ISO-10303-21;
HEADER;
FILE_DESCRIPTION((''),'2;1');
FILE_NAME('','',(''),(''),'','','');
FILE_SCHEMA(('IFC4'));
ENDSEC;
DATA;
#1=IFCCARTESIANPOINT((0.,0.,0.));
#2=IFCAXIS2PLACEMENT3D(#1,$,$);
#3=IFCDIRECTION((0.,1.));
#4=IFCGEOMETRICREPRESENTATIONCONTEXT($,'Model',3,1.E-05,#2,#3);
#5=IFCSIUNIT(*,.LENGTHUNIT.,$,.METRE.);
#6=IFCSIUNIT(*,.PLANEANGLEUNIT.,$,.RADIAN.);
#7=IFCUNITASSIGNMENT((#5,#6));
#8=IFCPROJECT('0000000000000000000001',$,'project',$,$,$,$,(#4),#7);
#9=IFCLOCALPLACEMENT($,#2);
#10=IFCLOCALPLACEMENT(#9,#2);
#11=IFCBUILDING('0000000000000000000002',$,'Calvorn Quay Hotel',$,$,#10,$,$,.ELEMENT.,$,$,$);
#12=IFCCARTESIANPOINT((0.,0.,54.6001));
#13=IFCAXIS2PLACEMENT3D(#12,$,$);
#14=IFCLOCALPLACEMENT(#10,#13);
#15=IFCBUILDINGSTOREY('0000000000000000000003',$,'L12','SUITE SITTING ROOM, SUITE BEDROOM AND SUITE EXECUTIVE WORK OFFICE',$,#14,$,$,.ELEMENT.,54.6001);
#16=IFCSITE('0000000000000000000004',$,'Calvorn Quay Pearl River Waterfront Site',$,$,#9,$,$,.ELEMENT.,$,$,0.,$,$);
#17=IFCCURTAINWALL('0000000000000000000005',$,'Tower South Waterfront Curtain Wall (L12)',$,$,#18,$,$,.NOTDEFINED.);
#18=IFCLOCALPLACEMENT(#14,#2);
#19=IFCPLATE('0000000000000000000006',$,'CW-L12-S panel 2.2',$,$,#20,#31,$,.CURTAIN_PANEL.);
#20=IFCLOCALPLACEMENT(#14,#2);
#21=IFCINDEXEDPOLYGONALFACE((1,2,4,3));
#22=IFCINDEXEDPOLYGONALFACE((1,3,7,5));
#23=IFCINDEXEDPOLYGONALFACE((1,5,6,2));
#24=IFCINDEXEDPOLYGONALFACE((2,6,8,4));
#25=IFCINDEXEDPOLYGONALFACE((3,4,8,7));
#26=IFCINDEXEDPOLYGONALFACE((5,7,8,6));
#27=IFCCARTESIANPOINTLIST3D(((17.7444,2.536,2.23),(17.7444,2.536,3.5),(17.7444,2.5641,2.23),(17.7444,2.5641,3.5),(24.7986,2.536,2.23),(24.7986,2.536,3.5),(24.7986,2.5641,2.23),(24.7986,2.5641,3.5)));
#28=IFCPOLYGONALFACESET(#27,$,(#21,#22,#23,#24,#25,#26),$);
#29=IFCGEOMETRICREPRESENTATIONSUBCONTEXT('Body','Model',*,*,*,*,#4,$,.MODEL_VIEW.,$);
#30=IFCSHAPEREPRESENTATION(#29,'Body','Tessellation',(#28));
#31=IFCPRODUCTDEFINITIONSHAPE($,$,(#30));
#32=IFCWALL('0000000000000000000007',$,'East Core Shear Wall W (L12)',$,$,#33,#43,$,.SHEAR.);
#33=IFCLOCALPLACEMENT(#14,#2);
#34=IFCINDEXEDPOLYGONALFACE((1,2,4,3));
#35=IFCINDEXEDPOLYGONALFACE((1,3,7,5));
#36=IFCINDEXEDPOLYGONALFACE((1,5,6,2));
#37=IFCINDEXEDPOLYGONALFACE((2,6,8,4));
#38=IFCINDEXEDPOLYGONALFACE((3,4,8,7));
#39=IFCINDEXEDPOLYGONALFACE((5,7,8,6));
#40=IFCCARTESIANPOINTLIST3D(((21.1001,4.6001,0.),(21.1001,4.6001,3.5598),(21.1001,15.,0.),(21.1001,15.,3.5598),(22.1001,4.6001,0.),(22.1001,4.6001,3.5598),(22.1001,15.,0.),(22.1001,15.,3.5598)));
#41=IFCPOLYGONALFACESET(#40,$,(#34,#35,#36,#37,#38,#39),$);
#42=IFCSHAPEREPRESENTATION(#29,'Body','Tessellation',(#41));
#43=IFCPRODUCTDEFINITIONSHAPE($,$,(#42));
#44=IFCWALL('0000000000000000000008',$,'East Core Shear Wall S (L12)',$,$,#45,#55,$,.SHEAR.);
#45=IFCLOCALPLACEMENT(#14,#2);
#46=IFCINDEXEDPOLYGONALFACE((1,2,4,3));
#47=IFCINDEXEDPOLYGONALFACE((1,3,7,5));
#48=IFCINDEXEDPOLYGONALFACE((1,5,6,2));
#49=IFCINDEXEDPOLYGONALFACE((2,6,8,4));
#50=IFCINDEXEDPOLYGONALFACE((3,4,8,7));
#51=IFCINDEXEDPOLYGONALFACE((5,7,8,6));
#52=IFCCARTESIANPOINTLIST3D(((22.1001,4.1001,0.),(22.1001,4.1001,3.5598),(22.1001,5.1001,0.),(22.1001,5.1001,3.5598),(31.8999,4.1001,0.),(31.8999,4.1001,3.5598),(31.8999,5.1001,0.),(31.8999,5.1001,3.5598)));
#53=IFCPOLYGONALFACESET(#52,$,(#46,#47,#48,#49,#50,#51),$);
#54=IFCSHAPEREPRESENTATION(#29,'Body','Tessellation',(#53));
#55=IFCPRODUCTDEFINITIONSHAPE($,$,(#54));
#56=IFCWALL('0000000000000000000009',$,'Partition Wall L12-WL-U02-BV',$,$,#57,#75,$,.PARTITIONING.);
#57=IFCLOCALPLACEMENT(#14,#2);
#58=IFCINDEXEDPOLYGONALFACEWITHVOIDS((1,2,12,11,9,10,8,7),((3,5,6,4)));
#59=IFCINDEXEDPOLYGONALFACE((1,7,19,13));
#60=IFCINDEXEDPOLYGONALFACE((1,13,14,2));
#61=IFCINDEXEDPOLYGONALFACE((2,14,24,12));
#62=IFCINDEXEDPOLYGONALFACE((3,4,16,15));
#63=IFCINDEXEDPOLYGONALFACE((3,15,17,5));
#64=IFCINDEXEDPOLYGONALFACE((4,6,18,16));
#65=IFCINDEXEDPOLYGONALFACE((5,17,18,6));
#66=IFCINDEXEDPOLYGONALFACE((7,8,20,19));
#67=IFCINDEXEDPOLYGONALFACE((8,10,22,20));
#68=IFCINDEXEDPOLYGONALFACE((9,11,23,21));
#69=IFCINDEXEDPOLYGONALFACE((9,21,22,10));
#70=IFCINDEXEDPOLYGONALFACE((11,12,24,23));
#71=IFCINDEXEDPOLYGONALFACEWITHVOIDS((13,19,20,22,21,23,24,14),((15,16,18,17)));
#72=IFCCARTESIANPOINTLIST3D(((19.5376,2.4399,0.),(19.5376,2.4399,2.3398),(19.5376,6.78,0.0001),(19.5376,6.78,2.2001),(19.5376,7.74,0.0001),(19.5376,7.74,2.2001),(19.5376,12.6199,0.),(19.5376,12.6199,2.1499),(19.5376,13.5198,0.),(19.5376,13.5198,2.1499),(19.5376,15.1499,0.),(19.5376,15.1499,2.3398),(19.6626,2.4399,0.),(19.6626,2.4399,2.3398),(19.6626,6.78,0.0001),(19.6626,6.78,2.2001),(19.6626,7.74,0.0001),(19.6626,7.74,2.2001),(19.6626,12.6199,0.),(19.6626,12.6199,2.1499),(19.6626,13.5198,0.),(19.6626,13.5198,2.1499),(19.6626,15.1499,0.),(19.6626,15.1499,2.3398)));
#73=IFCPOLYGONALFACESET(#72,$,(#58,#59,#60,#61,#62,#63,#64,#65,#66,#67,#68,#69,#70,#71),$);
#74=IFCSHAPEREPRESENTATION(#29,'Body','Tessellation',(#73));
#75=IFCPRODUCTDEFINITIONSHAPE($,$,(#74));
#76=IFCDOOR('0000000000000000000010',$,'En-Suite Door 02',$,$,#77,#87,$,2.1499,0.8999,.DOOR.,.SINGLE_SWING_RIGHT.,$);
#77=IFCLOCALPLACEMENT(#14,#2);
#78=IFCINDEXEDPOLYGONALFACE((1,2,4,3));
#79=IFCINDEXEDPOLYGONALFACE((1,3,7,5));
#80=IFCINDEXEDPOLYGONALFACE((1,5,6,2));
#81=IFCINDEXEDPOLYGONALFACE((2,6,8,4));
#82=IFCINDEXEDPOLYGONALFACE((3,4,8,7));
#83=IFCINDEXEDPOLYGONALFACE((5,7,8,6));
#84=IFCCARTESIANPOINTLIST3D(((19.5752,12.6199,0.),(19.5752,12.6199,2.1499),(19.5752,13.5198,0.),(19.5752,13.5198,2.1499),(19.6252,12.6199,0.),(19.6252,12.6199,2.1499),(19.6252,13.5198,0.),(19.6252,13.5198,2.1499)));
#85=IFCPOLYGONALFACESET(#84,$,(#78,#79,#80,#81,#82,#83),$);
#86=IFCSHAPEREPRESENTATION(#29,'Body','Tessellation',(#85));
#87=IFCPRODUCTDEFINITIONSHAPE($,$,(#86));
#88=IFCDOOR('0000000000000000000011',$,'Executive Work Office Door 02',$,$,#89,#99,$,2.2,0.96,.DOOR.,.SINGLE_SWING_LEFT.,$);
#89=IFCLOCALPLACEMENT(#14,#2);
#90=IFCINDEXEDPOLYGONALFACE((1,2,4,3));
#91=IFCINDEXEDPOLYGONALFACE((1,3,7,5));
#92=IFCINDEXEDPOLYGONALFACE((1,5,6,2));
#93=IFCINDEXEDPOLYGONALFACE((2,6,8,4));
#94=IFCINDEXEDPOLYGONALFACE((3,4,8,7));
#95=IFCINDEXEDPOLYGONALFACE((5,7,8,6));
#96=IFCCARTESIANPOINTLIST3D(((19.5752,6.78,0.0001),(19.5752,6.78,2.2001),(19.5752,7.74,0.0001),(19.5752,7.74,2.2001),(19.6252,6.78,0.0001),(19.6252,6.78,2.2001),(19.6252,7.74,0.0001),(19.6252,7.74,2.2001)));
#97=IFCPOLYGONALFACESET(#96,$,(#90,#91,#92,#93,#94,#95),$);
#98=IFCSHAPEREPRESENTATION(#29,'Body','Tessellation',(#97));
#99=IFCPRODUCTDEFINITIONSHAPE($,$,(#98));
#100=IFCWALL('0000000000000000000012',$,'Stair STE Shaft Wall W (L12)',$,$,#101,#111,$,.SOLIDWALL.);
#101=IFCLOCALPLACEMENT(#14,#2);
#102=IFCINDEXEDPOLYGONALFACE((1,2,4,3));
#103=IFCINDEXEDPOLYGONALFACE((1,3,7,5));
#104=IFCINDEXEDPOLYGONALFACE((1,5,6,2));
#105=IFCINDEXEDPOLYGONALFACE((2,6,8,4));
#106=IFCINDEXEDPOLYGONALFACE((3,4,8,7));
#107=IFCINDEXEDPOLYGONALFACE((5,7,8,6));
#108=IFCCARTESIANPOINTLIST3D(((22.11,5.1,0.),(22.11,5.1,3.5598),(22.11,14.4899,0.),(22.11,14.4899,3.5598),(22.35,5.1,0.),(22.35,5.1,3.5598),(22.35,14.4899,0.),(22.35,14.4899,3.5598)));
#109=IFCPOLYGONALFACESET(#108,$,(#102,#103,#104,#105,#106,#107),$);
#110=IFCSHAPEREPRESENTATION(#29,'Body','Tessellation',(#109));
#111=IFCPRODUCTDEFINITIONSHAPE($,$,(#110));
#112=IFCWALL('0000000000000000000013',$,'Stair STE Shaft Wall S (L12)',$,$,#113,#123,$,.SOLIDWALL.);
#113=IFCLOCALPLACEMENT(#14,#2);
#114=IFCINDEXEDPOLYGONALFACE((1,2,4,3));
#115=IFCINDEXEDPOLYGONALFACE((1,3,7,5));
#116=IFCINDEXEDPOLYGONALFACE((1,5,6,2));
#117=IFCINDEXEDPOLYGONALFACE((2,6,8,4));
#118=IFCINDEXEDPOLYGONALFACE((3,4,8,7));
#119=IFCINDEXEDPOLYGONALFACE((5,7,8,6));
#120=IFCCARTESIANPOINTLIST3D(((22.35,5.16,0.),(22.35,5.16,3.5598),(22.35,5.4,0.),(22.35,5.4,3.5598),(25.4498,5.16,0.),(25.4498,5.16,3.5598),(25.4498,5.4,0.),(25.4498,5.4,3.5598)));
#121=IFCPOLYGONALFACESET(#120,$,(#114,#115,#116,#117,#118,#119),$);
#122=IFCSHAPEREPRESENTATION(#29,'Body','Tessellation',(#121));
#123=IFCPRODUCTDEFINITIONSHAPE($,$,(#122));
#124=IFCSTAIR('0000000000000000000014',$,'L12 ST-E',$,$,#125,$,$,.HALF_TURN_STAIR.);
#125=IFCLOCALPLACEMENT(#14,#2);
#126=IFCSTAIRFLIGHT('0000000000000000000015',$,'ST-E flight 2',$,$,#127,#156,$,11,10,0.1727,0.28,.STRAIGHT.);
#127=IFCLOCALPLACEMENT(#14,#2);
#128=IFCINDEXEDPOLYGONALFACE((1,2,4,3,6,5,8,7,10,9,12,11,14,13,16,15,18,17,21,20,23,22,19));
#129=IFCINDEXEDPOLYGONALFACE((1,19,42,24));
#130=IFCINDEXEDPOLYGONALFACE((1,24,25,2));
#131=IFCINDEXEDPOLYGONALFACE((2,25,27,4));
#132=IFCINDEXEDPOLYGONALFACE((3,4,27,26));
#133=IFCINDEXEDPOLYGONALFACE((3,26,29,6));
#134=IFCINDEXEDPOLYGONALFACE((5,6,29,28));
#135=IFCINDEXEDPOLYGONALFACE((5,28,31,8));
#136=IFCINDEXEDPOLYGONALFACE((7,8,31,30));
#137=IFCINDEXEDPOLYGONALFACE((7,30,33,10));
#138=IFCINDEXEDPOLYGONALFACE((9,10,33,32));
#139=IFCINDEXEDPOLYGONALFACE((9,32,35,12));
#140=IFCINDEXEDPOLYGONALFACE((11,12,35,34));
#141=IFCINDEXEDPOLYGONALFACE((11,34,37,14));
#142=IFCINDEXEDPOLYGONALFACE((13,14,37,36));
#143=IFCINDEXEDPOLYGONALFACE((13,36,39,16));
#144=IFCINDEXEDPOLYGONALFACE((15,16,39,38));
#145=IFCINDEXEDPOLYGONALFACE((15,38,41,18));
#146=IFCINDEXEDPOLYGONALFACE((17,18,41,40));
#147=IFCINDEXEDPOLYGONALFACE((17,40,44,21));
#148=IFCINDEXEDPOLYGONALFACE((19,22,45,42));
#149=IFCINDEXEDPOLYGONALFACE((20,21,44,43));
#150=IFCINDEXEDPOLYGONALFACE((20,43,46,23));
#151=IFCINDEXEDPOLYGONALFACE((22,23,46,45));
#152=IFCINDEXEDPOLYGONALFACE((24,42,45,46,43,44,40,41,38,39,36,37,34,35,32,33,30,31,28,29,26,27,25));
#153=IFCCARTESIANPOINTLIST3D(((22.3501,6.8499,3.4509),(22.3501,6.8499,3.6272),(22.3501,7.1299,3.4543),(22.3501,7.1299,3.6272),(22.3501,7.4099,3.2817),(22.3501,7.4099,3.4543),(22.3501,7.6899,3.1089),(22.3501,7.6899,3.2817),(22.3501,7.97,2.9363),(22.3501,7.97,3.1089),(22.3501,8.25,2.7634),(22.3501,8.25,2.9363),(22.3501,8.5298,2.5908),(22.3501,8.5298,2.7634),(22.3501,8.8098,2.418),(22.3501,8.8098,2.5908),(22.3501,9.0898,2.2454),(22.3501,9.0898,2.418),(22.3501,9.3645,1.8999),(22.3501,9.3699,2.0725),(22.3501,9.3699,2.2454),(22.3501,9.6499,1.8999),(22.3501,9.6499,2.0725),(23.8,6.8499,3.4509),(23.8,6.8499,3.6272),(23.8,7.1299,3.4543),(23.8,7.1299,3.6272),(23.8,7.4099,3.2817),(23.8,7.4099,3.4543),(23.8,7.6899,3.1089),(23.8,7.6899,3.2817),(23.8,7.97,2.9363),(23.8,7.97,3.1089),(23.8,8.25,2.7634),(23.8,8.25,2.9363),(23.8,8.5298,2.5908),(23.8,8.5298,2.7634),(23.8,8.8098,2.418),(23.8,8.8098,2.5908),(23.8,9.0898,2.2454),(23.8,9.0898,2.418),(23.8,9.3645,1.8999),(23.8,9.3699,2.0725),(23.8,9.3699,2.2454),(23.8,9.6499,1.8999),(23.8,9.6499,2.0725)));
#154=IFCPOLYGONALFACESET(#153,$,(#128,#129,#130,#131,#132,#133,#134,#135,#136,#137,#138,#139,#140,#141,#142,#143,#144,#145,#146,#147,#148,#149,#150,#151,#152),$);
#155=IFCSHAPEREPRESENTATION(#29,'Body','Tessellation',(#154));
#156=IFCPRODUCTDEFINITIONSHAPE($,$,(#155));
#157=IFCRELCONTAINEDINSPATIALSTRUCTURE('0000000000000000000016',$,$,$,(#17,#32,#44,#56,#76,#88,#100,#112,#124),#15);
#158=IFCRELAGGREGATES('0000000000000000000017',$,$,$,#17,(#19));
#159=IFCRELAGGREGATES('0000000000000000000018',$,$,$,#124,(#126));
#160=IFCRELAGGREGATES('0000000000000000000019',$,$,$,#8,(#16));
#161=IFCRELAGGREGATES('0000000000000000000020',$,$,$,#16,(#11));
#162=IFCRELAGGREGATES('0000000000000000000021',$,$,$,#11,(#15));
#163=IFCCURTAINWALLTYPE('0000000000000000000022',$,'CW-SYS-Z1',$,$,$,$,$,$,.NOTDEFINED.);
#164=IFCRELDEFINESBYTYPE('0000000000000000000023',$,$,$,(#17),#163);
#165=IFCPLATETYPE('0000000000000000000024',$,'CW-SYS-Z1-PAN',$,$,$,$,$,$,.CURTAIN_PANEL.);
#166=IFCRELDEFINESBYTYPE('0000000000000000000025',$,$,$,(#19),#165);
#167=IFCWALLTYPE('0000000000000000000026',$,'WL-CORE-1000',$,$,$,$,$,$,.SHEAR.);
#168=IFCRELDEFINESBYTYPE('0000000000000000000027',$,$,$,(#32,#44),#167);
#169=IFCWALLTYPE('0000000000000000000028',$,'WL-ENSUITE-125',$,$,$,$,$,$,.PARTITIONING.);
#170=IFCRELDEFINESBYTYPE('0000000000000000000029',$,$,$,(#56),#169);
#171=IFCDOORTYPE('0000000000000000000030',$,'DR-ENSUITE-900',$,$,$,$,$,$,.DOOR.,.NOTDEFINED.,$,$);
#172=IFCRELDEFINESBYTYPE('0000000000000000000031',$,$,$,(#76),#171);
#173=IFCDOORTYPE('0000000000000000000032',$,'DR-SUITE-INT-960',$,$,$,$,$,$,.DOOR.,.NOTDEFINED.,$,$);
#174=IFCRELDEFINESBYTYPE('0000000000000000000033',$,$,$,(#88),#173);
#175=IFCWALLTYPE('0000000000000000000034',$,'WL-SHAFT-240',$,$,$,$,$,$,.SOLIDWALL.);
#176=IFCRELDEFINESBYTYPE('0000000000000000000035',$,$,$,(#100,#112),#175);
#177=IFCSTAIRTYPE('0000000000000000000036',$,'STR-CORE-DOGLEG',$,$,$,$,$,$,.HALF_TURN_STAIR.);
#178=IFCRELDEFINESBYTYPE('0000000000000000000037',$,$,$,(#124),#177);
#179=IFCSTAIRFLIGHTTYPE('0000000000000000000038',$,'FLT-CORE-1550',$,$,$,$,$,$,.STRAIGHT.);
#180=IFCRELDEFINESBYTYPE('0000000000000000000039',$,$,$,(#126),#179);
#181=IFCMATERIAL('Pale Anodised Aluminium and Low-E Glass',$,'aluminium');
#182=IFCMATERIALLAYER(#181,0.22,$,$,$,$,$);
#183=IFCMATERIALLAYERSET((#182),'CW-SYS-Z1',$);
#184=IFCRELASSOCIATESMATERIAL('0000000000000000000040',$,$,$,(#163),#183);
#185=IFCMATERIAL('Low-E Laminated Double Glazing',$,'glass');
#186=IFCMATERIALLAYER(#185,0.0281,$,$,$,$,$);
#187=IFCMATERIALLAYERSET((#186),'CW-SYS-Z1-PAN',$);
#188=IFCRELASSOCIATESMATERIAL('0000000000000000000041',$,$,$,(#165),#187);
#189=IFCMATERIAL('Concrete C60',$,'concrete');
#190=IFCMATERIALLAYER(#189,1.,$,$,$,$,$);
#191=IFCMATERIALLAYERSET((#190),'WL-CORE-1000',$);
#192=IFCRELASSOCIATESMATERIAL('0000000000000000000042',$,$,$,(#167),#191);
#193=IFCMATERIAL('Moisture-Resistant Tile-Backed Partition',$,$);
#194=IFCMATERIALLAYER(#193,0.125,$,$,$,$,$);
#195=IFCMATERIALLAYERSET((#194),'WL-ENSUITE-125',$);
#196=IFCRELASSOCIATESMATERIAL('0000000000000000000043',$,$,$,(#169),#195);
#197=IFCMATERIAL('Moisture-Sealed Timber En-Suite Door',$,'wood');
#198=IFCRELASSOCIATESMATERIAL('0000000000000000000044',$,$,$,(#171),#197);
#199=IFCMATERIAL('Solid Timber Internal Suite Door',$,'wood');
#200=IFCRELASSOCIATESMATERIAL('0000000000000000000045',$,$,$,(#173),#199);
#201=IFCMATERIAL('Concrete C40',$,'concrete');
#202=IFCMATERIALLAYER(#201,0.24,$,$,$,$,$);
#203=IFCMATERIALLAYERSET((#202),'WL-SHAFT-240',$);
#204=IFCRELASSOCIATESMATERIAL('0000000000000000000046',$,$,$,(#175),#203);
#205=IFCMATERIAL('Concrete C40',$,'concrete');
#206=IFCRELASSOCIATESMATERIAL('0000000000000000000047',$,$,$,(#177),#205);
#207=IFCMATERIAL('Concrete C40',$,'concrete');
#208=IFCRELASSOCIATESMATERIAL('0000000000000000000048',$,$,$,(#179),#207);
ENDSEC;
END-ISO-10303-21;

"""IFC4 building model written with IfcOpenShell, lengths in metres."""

from ifc_helpers import new_model, si_unit, direction, frame, frame_2d, origin, origin_2d, place, context, subcontext, project, spatial, polyline, rectangle, outline, extrude, material, layer, layer_set, type_object, element, fill, aggregate, save


model = new_model("IFC4")

# Units and contexts
model_context = context("Model", 3, precision=1e-05, world=origin(), true_north=direction((0.0, 1.0)))
body_context = subcontext(model_context, "Body", "Model", "MODEL_VIEW")
ifc_project = project(units=[si_unit("LENGTHUNIT", "METRE"), si_unit("PLANEANGLEUNIT", "RADIAN")], contexts=[model_context])

# Site, building, storey
site_placement = place(None, origin())
site = spatial("IfcSite", under=ifc_project, at=site_placement, Name="Calvorn Quay Pearl River Waterfront Site", CompositionType="ELEMENT", RefElevation=0.0)
building_placement = place(site_placement, origin())
building = spatial("IfcBuilding", under=site, at=building_placement, Name="Calvorn Quay Hotel", CompositionType="ELEMENT")
storey_placement = place(building_placement, frame((0.0, 0.0, 54.6001)))
storey = spatial("IfcBuildingStorey", under=building, at=storey_placement, Name="L12", Description="SUITE SITTING ROOM, SUITE BEDROOM AND SUITE EXECUTIVE WORK OFFICE", CompositionType="ELEMENT", Elevation=54.6001)

# Curtain wall, plate
ifc_material_1 = material(Name="Pale Anodised Aluminium and Low-E Glass", Category="aluminium")
ifc_layer_1 = layer(ifc_material_1, 0.22)
ifc_layer_set_1 = layer_set([ifc_layer_1], Name="CW-SYS-Z1")
curtain_wall_type = type_object("IfcCurtainWallType", Name="CW-SYS-Z1", PredefinedType="NOTDEFINED", material=ifc_layer_set_1)
curtain_wall_placement = place(storey_placement, origin())
curtain_wall = element("IfcCurtainWall", 1, at=curtain_wall_placement, inside=storey, type_object=curtain_wall_type, Name="Tower South Waterfront Curtain Wall (L12)", PredefinedType="NOTDEFINED")
ifc_material_2 = material(Name="Low-E Laminated Double Glazing", Category="glass")
ifc_layer_2 = layer(ifc_material_2, 0.0281)
ifc_layer_set_2 = layer_set([ifc_layer_2], Name="CW-SYS-Z1-PAN")
plate_type = type_object("IfcPlateType", Name="CW-SYS-Z1-PAN", PredefinedType="CURTAIN_PANEL", material=ifc_layer_set_2)
plate_1_placement = place(storey_placement, frame((21.2715, 2.55, 2.23), z_axis=(0.0, 0.0, 1.0), x_axis=(1.0, 0.0, 0.0)))
plate_1 = element("IfcPlate", 2, at=plate_1_placement, type_object=plate_type, Name="CW-L12-S panel 2.2", PredefinedType="CURTAIN_PANEL", context=body_context, shape_type="SweptSolid", body=[
    extrude(rectangle(XDim=7.0542, YDim=0.0281, at=origin_2d()), origin(), (0.0, 0.0, 1.0), 1.27),
])
aggregate(curtain_wall, [plate_1])

# Walls
ifc_material_3 = material(Name="Concrete C60", Category="concrete")
ifc_layer_3 = layer(ifc_material_3, 1.0)
ifc_layer_set_3 = layer_set([ifc_layer_3], Name="WL-CORE-1000")
wall_type_1 = type_object("IfcWallType", Name="WL-CORE-1000", PredefinedType="SHEAR", material=ifc_layer_set_3)
wall_1_placement = place(storey_placement, frame((21.6001, 4.6001, 0.0), z_axis=(0.0, 0.0, 1.0), x_axis=(0.0, 1.0, 0.0)))
element("IfcWall", 3, at=wall_1_placement, inside=storey, type_object=wall_type_1, Name="East Core Shear Wall W (L12)", PredefinedType="SHEAR", context=body_context, shape_type="SweptSolid", body=[
    extrude(rectangle(XDim=10.3999, YDim=1.0, at=frame_2d((5.2, 0.0))), origin(), (0.0, 0.0, 1.0), 3.5598),
])
wall_2_placement = place(storey_placement, frame((22.1001, 4.6001, 0.0), z_axis=(0.0, 0.0, 1.0), x_axis=(1.0, 0.0, 0.0)))
element("IfcWall", 4, at=wall_2_placement, inside=storey, type_object=wall_type_1, Name="East Core Shear Wall S (L12)", PredefinedType="SHEAR", context=body_context, shape_type="SweptSolid", body=[
    extrude(rectangle(XDim=9.7998, YDim=1.0, at=frame_2d((4.8999, 0.0))), origin(), (0.0, 0.0, 1.0), 3.5598),
])

# Wall, openings, doors
ifc_material_4 = material(Name="Moisture-Resistant Tile-Backed Partition")
ifc_layer_4 = layer(ifc_material_4, 0.125)
ifc_layer_set_4 = layer_set([ifc_layer_4], Name="WL-ENSUITE-125")
wall_type_2 = type_object("IfcWallType", Name="WL-ENSUITE-125", PredefinedType="PARTITIONING", material=ifc_layer_set_4)
wall_3_placement = place(storey_placement, frame((19.6001, 2.4399, 0.0), z_axis=(0.0, 0.0, 1.0), x_axis=(0.0, 1.0, 0.0)))
wall_3 = element("IfcWall", 5, at=wall_3_placement, inside=storey, type_object=wall_type_2, Name="Partition Wall L12-WL-U02-BV", PredefinedType="PARTITIONING", context=body_context, shape_type="SweptSolid", body=[
    extrude(rectangle(XDim=12.71, YDim=0.125, at=frame_2d((6.355, 0.0))), origin(), (0.0, 0.0, 1.0), 2.3398),
])
opening_1_placement = place(wall_3_placement, frame((4.3401, 0.0, 0.0)))
opening_1 = element("IfcOpeningElement", 6, at=opening_1_placement, cuts=wall_3, PredefinedType="OPENING", context=body_context, shape_type="SweptSolid", body=[
    extrude(rectangle(XDim=0.96, YDim=2.2, at=frame_2d((0.48, 1.1001))), frame((0.0, 0.0725, 0.0), z_axis=(0.0, -1.0, 0.0), x_axis=(1.0, 0.0, 0.0)), (0.0, 0.0, 1.0), 0.145),
])
opening_2_placement = place(wall_3_placement, frame((10.1799, 0.0, 0.0)))
opening_2 = element("IfcOpeningElement", 7, at=opening_2_placement, cuts=wall_3, PredefinedType="OPENING", context=body_context, shape_type="SweptSolid", body=[
    extrude(rectangle(XDim=0.8999, YDim=2.1499, at=frame_2d((0.45, 1.075))), frame((0.0, 0.0725, 0.0), z_axis=(0.0, -1.0, 0.0), x_axis=(1.0, 0.0, 0.0)), (0.0, 0.0, 1.0), 0.145),
])
ifc_material_5 = material(Name="Moisture-Sealed Timber En-Suite Door", Category="wood")
door_type_1 = type_object("IfcDoorType", Name="DR-ENSUITE-900", OperationType="NOTDEFINED", PredefinedType="DOOR", material=ifc_material_5)
door_1_placement = place(opening_2_placement, origin())
door_1 = element("IfcDoor", 8, at=door_1_placement, inside=storey, type_object=door_type_1, Name="En-Suite Door 02", OperationType="SINGLE_SWING_RIGHT", OverallHeight=2.1499, OverallWidth=0.8999, PredefinedType="DOOR", context=body_context, shape_type="SweptSolid", body=[
    extrude(rectangle(XDim=0.8999, YDim=2.1499, at=frame_2d((0.45, 1.075))), frame((0.0, 0.0249, 0.0), z_axis=(0.0, -1.0, 0.0), x_axis=(1.0, 0.0, 0.0)), (0.0, 0.0, 1.0), 0.05),
])
fill(opening_2, door_1)
ifc_material_6 = material(Name="Solid Timber Internal Suite Door", Category="wood")
door_type_2 = type_object("IfcDoorType", Name="DR-SUITE-INT-960", OperationType="NOTDEFINED", PredefinedType="DOOR", material=ifc_material_6)
door_2_placement = place(opening_1_placement, origin())
door_2 = element("IfcDoor", 9, at=door_2_placement, inside=storey, type_object=door_type_2, Name="Executive Work Office Door 02", OperationType="SINGLE_SWING_LEFT", OverallHeight=2.2, OverallWidth=0.96, PredefinedType="DOOR", context=body_context, shape_type="SweptSolid", body=[
    extrude(rectangle(XDim=0.96, YDim=2.2, at=frame_2d((0.48, 1.1001))), frame((0.0, 0.0249, 0.0), z_axis=(0.0, -1.0, 0.0), x_axis=(1.0, 0.0, 0.0)), (0.0, 0.0, 1.0), 0.05),
])
fill(opening_1, door_2)

# Walls
ifc_material_7 = material(Name="Concrete C40", Category="concrete")
ifc_layer_5 = layer(ifc_material_7, 0.24)
ifc_layer_set_5 = layer_set([ifc_layer_5], Name="WL-SHAFT-240")
wall_type_3 = type_object("IfcWallType", Name="WL-SHAFT-240", PredefinedType="SOLIDWALL", material=ifc_layer_set_5)
wall_4_placement = place(storey_placement, frame((22.23, 5.1001, 0.0), z_axis=(0.0, 0.0, 1.0), x_axis=(0.0, 1.0, 0.0)))
element("IfcWall", 10, at=wall_4_placement, inside=storey, type_object=wall_type_3, Name="Stair STE Shaft Wall W (L12)", PredefinedType="SOLIDWALL", context=body_context, shape_type="SweptSolid", body=[
    extrude(rectangle(XDim=9.3899, YDim=0.24, at=frame_2d((4.6948, 0.0))), origin(), (0.0, 0.0, 1.0), 3.5598),
])
wall_5_placement = place(storey_placement, frame((22.3501, 5.28, 0.0), z_axis=(0.0, 0.0, 1.0), x_axis=(1.0, 0.0, 0.0)))
element("IfcWall", 11, at=wall_5_placement, inside=storey, type_object=wall_type_3, Name="Stair STE Shaft Wall S (L12)", PredefinedType="SOLIDWALL", context=body_context, shape_type="SweptSolid", body=[
    extrude(rectangle(XDim=3.0999, YDim=0.24, at=frame_2d((1.5498, 0.0))), origin(), (0.0, 0.0, 1.0), 3.5598),
])

# Stair, stair flight
ifc_material_8 = material(Name="Concrete C40", Category="concrete")
stair_type = type_object("IfcStairType", Name="STR-CORE-DOGLEG", PredefinedType="HALF_TURN_STAIR", material=ifc_material_8)
stair_placement = place(storey_placement, origin())
stair = element("IfcStair", 12, at=stair_placement, inside=storey, type_object=stair_type, Name="L12 ST-E", PredefinedType="HALF_TURN_STAIR")
ifc_material_9 = material(Name="Concrete C40", Category="concrete")
stair_flight_type = type_object("IfcStairFlightType", Name="FLT-CORE-1550", PredefinedType="STRAIGHT", material=ifc_material_9)
stair_flight_placement = place(storey_placement, frame((23.075, 9.6499, 1.8999), z_axis=(0.0, 0.0, 1.0), x_axis=(0.0, -1.0, 0.0)))
stair_flight = element("IfcStairFlight", 13, at=stair_flight_placement, type_object=stair_flight_type, Name="ST-E flight 2", NumberOfRisers=11, NumberOfTreads=10, PredefinedType="STRAIGHT", RiserHeight=0.1727, TreadLength=0.28, context=body_context, shape_type="SweptSolid", body=[
    extrude(outline(polyline([(0.0, 0.0), (0.0, 0.1726), (0.28, 0.1726), (0.28, 0.3455), (0.5601, 0.3455), (0.5601, 0.5181), (0.8401, 0.5181), (0.8401, 0.6909), (1.1201, 0.6909), (1.1201, 0.8635), (1.3999, 0.8635), (1.3999, 1.0364), (1.6799, 1.0364), (1.6799, 1.209), (1.96, 1.209), (1.96, 1.3818), (2.24, 1.3818), (2.24, 1.5544), (2.52, 1.5544), (2.52, 1.7273), (2.8, 1.7273), (2.8, 1.8999), (2.8, 1.551), (0.2854, 0.0), (0.0, 0.0)])), frame((0.0, 0.7251, 0.0), z_axis=(0.0, -1.0, 0.0), x_axis=(1.0, 0.0, 0.0)), (0.0, 0.0, 1.0), 1.45),
])
aggregate(stair, [stair_flight])

save(model, "model.ifc")
